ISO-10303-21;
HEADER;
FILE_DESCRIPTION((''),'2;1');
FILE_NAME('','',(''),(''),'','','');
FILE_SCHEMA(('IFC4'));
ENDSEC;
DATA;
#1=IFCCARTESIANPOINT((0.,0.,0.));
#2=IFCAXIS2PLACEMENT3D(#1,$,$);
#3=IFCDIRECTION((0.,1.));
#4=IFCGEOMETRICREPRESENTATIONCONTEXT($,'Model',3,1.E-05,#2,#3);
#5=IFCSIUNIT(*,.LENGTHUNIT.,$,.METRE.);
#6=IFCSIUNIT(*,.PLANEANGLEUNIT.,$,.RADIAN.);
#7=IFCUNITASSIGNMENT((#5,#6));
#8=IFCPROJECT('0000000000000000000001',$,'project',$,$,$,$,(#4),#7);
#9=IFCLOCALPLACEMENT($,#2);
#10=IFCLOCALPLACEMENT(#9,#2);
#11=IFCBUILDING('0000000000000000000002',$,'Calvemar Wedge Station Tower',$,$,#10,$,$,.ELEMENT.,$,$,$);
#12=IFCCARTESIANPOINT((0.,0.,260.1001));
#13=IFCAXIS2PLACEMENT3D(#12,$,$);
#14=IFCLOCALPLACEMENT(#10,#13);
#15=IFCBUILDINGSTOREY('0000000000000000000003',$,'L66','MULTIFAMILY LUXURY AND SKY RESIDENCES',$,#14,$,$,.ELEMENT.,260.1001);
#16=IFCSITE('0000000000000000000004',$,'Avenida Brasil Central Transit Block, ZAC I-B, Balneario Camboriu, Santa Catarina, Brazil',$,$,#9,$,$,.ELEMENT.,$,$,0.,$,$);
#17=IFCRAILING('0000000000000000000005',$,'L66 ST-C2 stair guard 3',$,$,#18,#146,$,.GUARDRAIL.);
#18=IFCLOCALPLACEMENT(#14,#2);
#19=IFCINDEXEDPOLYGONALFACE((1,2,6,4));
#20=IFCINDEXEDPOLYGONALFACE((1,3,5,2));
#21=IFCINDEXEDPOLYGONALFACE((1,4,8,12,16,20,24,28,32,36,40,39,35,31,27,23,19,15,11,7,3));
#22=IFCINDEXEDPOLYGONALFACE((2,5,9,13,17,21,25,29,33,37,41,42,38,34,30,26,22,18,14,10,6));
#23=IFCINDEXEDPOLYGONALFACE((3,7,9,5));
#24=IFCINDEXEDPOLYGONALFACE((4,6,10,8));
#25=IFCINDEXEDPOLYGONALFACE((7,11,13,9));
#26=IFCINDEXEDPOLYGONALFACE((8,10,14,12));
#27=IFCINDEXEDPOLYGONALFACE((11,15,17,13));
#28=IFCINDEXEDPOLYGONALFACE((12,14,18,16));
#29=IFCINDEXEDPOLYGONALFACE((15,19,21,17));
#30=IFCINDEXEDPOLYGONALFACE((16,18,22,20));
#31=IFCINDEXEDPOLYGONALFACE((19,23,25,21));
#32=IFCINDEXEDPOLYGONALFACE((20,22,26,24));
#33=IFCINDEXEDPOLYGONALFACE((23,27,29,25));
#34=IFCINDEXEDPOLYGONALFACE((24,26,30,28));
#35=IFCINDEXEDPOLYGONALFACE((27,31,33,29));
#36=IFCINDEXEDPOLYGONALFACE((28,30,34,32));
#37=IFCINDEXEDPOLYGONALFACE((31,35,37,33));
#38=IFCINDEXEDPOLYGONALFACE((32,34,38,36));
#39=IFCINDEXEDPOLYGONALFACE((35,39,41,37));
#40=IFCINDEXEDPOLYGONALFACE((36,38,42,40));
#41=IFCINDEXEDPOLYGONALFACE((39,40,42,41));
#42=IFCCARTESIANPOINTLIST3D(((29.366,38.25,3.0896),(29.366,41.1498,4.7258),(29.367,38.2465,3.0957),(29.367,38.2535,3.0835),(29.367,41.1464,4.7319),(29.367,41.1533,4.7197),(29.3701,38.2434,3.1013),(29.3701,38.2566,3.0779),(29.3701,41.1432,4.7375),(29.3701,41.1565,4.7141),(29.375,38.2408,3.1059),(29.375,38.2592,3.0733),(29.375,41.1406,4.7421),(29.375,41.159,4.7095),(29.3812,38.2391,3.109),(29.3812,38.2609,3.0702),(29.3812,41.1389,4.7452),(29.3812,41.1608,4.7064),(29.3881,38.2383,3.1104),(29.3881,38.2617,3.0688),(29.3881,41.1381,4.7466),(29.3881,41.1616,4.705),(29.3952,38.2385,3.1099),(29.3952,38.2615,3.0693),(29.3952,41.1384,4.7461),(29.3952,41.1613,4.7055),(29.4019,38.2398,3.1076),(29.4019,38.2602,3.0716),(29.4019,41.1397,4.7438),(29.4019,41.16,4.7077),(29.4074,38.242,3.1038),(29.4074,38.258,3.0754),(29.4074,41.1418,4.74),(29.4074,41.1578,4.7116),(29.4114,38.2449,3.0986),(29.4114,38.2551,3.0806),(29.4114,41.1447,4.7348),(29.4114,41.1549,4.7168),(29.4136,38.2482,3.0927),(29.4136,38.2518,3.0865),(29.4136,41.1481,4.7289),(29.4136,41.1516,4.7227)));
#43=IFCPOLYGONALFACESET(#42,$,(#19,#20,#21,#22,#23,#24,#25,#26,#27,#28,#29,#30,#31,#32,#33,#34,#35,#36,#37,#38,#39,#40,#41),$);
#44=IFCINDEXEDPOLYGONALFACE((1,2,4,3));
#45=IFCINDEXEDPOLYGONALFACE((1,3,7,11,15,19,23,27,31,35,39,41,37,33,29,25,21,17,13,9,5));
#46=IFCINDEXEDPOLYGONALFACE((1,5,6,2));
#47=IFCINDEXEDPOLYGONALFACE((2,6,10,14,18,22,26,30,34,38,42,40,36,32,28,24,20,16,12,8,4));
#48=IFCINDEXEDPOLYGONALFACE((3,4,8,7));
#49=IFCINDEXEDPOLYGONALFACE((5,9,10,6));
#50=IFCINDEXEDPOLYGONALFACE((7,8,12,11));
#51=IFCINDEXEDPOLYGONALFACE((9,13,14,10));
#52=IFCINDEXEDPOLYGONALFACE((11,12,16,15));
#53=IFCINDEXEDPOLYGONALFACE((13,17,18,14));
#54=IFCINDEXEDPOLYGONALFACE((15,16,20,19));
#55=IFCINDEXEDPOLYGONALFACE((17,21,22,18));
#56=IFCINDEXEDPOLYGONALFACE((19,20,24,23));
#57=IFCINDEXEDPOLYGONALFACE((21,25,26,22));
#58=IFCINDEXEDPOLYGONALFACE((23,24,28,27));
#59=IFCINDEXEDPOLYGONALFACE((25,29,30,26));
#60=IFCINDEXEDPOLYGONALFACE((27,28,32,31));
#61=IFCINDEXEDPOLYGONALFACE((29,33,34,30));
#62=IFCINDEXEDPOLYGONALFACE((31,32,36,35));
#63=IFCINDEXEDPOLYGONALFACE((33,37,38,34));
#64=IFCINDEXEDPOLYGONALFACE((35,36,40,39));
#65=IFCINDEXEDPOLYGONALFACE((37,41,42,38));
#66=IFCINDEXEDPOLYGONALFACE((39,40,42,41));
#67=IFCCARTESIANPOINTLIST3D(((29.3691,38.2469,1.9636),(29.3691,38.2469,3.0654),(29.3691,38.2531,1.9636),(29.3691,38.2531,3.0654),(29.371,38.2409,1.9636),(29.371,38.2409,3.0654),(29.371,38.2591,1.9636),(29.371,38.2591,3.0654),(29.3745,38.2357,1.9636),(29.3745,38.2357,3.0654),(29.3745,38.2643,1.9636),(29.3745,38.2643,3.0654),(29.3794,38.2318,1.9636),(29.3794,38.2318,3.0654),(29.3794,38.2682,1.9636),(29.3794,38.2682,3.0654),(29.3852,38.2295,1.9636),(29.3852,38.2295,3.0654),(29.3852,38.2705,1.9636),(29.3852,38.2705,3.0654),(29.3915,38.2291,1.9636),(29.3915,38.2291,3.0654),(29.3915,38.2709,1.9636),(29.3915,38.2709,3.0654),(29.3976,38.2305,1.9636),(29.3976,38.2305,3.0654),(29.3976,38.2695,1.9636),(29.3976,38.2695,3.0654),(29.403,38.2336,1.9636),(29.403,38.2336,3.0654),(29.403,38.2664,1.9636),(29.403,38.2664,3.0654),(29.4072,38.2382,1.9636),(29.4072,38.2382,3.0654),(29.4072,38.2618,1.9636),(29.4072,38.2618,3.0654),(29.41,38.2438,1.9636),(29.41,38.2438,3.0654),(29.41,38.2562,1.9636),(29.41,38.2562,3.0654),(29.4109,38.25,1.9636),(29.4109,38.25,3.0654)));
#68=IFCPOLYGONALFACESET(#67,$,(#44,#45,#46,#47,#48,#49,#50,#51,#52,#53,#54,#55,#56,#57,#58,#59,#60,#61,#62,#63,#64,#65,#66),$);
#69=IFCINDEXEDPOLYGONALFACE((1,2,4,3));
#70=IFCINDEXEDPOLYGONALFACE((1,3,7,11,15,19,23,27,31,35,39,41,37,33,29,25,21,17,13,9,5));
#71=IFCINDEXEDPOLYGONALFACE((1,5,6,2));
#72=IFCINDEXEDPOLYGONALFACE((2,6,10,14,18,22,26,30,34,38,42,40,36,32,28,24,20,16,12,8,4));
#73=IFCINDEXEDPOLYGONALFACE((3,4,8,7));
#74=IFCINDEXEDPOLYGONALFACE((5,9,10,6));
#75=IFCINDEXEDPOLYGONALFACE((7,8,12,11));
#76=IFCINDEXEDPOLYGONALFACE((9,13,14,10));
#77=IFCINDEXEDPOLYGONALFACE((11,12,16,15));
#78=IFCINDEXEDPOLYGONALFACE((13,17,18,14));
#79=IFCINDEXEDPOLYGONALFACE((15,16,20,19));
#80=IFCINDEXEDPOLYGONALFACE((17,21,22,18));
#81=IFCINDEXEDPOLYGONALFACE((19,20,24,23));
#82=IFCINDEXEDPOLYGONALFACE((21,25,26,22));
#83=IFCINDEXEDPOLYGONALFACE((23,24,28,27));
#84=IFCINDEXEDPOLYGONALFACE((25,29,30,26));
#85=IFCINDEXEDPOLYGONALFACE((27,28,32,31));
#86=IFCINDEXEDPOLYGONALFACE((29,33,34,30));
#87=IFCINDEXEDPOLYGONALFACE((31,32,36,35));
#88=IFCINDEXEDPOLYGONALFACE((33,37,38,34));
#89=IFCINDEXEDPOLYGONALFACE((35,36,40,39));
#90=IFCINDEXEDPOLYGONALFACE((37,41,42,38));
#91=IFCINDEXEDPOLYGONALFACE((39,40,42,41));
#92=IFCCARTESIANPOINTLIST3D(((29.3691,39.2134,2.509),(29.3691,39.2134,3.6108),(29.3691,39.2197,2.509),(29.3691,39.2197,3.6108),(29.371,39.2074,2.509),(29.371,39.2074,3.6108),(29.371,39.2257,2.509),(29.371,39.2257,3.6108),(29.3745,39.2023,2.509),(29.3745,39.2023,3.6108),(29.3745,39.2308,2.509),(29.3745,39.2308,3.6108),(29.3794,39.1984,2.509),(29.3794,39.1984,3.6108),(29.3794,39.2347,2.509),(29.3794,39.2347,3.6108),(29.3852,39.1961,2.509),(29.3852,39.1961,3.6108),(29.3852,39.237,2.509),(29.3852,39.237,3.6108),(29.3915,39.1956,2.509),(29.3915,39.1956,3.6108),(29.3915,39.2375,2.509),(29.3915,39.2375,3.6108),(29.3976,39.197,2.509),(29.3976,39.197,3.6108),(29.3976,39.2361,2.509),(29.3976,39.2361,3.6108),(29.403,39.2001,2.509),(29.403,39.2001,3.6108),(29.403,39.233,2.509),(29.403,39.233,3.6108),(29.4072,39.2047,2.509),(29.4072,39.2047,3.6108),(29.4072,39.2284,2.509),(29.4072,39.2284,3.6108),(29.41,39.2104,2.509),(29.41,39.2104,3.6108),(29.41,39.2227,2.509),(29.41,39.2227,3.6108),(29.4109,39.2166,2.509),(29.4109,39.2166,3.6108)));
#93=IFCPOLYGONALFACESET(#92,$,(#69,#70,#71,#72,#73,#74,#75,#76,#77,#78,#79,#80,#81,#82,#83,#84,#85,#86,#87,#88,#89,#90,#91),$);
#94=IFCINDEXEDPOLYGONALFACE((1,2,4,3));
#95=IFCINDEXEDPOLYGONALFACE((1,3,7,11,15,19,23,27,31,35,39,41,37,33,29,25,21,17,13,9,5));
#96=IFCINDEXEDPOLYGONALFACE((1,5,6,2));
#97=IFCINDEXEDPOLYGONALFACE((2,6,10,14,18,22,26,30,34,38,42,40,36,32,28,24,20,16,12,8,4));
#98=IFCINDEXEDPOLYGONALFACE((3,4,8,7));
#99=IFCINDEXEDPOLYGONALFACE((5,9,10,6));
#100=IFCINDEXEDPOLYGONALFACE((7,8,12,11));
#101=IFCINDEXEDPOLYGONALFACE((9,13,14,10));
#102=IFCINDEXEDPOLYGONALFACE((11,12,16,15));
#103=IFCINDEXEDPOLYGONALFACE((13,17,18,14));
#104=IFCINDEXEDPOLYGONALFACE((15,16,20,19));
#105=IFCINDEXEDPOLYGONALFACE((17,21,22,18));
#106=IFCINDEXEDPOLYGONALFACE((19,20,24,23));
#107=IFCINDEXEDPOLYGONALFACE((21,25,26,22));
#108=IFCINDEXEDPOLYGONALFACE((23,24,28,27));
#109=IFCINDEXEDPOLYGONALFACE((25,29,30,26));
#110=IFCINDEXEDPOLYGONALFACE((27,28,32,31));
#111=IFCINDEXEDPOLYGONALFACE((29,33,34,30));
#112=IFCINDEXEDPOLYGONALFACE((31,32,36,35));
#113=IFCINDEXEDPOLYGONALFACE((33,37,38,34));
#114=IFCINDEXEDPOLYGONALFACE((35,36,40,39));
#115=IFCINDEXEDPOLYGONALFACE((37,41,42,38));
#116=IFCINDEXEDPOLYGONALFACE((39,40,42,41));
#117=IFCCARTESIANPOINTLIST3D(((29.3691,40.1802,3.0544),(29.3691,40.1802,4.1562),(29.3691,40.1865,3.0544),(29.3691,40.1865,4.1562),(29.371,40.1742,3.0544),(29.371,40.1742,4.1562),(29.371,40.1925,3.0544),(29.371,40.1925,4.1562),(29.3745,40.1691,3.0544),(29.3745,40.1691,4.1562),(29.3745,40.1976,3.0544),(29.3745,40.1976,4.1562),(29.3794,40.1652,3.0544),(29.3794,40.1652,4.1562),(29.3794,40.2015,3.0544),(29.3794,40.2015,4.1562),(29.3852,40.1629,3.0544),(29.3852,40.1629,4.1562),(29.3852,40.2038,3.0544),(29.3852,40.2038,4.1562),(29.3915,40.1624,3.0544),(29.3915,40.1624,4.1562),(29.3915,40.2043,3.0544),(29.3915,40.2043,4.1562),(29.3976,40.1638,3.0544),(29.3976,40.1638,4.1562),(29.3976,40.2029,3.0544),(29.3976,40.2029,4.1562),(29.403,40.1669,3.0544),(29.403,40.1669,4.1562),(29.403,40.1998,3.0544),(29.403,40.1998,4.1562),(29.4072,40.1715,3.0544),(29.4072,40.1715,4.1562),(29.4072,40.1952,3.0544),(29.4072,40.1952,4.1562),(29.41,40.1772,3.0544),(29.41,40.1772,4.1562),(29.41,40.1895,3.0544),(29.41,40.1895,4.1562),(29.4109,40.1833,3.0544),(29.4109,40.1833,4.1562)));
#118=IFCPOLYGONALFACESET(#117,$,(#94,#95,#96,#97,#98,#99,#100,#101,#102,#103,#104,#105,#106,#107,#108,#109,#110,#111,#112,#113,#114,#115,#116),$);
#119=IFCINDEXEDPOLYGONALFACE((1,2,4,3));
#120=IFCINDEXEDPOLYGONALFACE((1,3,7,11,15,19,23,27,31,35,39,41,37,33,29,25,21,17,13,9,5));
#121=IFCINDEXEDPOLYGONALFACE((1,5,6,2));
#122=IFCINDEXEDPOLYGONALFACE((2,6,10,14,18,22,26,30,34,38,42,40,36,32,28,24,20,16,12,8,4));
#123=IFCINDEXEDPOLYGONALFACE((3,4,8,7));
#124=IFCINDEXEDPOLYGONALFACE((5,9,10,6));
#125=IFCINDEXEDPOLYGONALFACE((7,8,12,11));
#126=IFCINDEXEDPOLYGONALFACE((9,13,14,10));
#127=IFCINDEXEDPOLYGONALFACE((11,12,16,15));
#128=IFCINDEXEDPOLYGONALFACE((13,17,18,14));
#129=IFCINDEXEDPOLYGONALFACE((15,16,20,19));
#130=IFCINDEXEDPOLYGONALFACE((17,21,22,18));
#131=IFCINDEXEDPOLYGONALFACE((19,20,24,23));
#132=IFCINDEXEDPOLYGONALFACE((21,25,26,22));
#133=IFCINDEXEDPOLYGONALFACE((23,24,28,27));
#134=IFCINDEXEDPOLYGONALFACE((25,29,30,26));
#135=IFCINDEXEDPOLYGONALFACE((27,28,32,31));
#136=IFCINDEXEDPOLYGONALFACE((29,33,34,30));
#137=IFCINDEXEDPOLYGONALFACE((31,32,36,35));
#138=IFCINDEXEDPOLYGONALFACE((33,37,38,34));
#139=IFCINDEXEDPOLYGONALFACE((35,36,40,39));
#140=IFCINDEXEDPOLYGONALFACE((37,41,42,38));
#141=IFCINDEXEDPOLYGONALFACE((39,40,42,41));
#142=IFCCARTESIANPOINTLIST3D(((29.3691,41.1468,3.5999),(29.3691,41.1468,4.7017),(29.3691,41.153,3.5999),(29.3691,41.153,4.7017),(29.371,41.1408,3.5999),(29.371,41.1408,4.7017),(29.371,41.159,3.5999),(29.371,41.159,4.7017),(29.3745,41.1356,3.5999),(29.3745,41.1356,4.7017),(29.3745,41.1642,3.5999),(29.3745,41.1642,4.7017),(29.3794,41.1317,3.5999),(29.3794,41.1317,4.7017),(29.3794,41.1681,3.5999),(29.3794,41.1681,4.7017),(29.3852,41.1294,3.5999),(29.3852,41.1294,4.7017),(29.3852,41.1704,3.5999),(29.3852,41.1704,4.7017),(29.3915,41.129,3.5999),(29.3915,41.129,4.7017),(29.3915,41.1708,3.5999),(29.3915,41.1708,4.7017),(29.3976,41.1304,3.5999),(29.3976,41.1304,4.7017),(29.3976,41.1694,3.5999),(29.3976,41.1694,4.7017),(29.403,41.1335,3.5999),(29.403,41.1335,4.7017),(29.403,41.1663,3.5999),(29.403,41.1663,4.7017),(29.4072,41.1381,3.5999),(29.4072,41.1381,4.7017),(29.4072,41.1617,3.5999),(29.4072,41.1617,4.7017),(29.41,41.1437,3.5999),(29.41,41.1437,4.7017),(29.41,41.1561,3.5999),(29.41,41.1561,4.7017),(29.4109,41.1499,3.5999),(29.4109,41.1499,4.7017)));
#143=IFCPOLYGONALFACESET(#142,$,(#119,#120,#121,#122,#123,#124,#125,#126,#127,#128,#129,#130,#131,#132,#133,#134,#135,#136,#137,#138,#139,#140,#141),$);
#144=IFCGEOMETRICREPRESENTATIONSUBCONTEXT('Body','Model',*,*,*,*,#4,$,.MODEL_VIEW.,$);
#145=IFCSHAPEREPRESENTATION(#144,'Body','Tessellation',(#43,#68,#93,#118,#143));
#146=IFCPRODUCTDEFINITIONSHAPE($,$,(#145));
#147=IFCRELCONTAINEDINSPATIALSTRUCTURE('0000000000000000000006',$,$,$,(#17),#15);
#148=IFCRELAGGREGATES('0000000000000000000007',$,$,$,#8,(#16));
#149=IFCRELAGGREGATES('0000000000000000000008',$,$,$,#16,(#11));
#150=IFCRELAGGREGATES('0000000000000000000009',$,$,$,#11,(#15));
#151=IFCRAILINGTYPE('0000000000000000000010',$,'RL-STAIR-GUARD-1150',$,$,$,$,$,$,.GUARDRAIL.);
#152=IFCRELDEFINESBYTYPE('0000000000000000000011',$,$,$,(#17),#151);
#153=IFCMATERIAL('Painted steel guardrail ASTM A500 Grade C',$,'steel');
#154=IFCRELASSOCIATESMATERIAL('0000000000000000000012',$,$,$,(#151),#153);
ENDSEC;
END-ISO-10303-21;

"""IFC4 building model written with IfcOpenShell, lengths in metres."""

from ifc_helpers import new_model, si_unit, direction, frame, origin, origin_2d, place, context, subcontext, project, spatial, circle, extrude, material, type_object, element, save


model = new_model("IFC4")

# Units and contexts
model_context = context("Model", 3, precision=1e-05, world=origin(), true_north=direction((0.0, 1.0)))
body_context = subcontext(model_context, "Body", "Model", "MODEL_VIEW")
ifc_project = project(units=[si_unit("LENGTHUNIT", "METRE"), si_unit("PLANEANGLEUNIT", "RADIAN")], contexts=[model_context])

# Site, building, storey
site_placement = place(None, origin())
site = spatial("IfcSite", under=ifc_project, at=site_placement, Name="Avenida Brasil Central Transit Block, ZAC I-B, Balneario Camboriu, Santa Catarina, Brazil", CompositionType="ELEMENT", RefElevation=0.0)
building_placement = place(site_placement, origin())
building = spatial("IfcBuilding", under=site, at=building_placement, Name="Calvemar Wedge Station Tower", CompositionType="ELEMENT")
storey_placement = place(building_placement, frame((0.0, 0.0, 260.1001)))
storey = spatial("IfcBuildingStorey", under=building, at=storey_placement, Name="L66", Description="MULTIFAMILY LUXURY AND SKY RESIDENCES", CompositionType="ELEMENT", Elevation=260.1001)

# Railing
ifc_material_1 = material(Name="Painted steel guardrail ASTM A500 Grade C", Category="steel")
railing_type_1 = type_object("IfcRailingType", Name="RL-STAIR-GUARD-1150", PredefinedType="GUARDRAIL", material=ifc_material_1)
railing_1_placement = place(storey_placement, frame((29.3899, 38.25, 1.9636)))
element("IfcRailing", 1, at=railing_1_placement, inside=storey, type_object=railing_type_1, Name="L66 ST-C2 stair guard 3", PredefinedType="GUARDRAIL", context=body_context, shape_type="SweptSolid", body=[
    extrude(circle(Radius=0.0239, at=origin_2d()), frame((0.0, 0.0, 1.126), z_axis=(0.0, 0.870929, 0.49141), x_axis=(-1.0, 0.0, 0.0)), (0.0, 0.0, 1.0), 3.3296),
    extrude(circle(Radius=0.021, at=origin_2d()), origin(), (0.0, 0.0, 1.0), 1.1018),
    extrude(circle(Radius=0.021, at=origin_2d()), frame((0.0, 0.9666, 0.5454)), (0.0, 0.0, 1.0), 1.1018),
    extrude(circle(Radius=0.021, at=origin_2d()), frame((0.0, 1.9333, 1.0908)), (0.0, 0.0, 1.0), 1.1018),
    extrude(circle(Radius=0.021, at=origin_2d()), frame((0.0, 2.8999, 1.6362)), (0.0, 0.0, 1.0), 1.1018),
])

save(model, "model.ifc")
